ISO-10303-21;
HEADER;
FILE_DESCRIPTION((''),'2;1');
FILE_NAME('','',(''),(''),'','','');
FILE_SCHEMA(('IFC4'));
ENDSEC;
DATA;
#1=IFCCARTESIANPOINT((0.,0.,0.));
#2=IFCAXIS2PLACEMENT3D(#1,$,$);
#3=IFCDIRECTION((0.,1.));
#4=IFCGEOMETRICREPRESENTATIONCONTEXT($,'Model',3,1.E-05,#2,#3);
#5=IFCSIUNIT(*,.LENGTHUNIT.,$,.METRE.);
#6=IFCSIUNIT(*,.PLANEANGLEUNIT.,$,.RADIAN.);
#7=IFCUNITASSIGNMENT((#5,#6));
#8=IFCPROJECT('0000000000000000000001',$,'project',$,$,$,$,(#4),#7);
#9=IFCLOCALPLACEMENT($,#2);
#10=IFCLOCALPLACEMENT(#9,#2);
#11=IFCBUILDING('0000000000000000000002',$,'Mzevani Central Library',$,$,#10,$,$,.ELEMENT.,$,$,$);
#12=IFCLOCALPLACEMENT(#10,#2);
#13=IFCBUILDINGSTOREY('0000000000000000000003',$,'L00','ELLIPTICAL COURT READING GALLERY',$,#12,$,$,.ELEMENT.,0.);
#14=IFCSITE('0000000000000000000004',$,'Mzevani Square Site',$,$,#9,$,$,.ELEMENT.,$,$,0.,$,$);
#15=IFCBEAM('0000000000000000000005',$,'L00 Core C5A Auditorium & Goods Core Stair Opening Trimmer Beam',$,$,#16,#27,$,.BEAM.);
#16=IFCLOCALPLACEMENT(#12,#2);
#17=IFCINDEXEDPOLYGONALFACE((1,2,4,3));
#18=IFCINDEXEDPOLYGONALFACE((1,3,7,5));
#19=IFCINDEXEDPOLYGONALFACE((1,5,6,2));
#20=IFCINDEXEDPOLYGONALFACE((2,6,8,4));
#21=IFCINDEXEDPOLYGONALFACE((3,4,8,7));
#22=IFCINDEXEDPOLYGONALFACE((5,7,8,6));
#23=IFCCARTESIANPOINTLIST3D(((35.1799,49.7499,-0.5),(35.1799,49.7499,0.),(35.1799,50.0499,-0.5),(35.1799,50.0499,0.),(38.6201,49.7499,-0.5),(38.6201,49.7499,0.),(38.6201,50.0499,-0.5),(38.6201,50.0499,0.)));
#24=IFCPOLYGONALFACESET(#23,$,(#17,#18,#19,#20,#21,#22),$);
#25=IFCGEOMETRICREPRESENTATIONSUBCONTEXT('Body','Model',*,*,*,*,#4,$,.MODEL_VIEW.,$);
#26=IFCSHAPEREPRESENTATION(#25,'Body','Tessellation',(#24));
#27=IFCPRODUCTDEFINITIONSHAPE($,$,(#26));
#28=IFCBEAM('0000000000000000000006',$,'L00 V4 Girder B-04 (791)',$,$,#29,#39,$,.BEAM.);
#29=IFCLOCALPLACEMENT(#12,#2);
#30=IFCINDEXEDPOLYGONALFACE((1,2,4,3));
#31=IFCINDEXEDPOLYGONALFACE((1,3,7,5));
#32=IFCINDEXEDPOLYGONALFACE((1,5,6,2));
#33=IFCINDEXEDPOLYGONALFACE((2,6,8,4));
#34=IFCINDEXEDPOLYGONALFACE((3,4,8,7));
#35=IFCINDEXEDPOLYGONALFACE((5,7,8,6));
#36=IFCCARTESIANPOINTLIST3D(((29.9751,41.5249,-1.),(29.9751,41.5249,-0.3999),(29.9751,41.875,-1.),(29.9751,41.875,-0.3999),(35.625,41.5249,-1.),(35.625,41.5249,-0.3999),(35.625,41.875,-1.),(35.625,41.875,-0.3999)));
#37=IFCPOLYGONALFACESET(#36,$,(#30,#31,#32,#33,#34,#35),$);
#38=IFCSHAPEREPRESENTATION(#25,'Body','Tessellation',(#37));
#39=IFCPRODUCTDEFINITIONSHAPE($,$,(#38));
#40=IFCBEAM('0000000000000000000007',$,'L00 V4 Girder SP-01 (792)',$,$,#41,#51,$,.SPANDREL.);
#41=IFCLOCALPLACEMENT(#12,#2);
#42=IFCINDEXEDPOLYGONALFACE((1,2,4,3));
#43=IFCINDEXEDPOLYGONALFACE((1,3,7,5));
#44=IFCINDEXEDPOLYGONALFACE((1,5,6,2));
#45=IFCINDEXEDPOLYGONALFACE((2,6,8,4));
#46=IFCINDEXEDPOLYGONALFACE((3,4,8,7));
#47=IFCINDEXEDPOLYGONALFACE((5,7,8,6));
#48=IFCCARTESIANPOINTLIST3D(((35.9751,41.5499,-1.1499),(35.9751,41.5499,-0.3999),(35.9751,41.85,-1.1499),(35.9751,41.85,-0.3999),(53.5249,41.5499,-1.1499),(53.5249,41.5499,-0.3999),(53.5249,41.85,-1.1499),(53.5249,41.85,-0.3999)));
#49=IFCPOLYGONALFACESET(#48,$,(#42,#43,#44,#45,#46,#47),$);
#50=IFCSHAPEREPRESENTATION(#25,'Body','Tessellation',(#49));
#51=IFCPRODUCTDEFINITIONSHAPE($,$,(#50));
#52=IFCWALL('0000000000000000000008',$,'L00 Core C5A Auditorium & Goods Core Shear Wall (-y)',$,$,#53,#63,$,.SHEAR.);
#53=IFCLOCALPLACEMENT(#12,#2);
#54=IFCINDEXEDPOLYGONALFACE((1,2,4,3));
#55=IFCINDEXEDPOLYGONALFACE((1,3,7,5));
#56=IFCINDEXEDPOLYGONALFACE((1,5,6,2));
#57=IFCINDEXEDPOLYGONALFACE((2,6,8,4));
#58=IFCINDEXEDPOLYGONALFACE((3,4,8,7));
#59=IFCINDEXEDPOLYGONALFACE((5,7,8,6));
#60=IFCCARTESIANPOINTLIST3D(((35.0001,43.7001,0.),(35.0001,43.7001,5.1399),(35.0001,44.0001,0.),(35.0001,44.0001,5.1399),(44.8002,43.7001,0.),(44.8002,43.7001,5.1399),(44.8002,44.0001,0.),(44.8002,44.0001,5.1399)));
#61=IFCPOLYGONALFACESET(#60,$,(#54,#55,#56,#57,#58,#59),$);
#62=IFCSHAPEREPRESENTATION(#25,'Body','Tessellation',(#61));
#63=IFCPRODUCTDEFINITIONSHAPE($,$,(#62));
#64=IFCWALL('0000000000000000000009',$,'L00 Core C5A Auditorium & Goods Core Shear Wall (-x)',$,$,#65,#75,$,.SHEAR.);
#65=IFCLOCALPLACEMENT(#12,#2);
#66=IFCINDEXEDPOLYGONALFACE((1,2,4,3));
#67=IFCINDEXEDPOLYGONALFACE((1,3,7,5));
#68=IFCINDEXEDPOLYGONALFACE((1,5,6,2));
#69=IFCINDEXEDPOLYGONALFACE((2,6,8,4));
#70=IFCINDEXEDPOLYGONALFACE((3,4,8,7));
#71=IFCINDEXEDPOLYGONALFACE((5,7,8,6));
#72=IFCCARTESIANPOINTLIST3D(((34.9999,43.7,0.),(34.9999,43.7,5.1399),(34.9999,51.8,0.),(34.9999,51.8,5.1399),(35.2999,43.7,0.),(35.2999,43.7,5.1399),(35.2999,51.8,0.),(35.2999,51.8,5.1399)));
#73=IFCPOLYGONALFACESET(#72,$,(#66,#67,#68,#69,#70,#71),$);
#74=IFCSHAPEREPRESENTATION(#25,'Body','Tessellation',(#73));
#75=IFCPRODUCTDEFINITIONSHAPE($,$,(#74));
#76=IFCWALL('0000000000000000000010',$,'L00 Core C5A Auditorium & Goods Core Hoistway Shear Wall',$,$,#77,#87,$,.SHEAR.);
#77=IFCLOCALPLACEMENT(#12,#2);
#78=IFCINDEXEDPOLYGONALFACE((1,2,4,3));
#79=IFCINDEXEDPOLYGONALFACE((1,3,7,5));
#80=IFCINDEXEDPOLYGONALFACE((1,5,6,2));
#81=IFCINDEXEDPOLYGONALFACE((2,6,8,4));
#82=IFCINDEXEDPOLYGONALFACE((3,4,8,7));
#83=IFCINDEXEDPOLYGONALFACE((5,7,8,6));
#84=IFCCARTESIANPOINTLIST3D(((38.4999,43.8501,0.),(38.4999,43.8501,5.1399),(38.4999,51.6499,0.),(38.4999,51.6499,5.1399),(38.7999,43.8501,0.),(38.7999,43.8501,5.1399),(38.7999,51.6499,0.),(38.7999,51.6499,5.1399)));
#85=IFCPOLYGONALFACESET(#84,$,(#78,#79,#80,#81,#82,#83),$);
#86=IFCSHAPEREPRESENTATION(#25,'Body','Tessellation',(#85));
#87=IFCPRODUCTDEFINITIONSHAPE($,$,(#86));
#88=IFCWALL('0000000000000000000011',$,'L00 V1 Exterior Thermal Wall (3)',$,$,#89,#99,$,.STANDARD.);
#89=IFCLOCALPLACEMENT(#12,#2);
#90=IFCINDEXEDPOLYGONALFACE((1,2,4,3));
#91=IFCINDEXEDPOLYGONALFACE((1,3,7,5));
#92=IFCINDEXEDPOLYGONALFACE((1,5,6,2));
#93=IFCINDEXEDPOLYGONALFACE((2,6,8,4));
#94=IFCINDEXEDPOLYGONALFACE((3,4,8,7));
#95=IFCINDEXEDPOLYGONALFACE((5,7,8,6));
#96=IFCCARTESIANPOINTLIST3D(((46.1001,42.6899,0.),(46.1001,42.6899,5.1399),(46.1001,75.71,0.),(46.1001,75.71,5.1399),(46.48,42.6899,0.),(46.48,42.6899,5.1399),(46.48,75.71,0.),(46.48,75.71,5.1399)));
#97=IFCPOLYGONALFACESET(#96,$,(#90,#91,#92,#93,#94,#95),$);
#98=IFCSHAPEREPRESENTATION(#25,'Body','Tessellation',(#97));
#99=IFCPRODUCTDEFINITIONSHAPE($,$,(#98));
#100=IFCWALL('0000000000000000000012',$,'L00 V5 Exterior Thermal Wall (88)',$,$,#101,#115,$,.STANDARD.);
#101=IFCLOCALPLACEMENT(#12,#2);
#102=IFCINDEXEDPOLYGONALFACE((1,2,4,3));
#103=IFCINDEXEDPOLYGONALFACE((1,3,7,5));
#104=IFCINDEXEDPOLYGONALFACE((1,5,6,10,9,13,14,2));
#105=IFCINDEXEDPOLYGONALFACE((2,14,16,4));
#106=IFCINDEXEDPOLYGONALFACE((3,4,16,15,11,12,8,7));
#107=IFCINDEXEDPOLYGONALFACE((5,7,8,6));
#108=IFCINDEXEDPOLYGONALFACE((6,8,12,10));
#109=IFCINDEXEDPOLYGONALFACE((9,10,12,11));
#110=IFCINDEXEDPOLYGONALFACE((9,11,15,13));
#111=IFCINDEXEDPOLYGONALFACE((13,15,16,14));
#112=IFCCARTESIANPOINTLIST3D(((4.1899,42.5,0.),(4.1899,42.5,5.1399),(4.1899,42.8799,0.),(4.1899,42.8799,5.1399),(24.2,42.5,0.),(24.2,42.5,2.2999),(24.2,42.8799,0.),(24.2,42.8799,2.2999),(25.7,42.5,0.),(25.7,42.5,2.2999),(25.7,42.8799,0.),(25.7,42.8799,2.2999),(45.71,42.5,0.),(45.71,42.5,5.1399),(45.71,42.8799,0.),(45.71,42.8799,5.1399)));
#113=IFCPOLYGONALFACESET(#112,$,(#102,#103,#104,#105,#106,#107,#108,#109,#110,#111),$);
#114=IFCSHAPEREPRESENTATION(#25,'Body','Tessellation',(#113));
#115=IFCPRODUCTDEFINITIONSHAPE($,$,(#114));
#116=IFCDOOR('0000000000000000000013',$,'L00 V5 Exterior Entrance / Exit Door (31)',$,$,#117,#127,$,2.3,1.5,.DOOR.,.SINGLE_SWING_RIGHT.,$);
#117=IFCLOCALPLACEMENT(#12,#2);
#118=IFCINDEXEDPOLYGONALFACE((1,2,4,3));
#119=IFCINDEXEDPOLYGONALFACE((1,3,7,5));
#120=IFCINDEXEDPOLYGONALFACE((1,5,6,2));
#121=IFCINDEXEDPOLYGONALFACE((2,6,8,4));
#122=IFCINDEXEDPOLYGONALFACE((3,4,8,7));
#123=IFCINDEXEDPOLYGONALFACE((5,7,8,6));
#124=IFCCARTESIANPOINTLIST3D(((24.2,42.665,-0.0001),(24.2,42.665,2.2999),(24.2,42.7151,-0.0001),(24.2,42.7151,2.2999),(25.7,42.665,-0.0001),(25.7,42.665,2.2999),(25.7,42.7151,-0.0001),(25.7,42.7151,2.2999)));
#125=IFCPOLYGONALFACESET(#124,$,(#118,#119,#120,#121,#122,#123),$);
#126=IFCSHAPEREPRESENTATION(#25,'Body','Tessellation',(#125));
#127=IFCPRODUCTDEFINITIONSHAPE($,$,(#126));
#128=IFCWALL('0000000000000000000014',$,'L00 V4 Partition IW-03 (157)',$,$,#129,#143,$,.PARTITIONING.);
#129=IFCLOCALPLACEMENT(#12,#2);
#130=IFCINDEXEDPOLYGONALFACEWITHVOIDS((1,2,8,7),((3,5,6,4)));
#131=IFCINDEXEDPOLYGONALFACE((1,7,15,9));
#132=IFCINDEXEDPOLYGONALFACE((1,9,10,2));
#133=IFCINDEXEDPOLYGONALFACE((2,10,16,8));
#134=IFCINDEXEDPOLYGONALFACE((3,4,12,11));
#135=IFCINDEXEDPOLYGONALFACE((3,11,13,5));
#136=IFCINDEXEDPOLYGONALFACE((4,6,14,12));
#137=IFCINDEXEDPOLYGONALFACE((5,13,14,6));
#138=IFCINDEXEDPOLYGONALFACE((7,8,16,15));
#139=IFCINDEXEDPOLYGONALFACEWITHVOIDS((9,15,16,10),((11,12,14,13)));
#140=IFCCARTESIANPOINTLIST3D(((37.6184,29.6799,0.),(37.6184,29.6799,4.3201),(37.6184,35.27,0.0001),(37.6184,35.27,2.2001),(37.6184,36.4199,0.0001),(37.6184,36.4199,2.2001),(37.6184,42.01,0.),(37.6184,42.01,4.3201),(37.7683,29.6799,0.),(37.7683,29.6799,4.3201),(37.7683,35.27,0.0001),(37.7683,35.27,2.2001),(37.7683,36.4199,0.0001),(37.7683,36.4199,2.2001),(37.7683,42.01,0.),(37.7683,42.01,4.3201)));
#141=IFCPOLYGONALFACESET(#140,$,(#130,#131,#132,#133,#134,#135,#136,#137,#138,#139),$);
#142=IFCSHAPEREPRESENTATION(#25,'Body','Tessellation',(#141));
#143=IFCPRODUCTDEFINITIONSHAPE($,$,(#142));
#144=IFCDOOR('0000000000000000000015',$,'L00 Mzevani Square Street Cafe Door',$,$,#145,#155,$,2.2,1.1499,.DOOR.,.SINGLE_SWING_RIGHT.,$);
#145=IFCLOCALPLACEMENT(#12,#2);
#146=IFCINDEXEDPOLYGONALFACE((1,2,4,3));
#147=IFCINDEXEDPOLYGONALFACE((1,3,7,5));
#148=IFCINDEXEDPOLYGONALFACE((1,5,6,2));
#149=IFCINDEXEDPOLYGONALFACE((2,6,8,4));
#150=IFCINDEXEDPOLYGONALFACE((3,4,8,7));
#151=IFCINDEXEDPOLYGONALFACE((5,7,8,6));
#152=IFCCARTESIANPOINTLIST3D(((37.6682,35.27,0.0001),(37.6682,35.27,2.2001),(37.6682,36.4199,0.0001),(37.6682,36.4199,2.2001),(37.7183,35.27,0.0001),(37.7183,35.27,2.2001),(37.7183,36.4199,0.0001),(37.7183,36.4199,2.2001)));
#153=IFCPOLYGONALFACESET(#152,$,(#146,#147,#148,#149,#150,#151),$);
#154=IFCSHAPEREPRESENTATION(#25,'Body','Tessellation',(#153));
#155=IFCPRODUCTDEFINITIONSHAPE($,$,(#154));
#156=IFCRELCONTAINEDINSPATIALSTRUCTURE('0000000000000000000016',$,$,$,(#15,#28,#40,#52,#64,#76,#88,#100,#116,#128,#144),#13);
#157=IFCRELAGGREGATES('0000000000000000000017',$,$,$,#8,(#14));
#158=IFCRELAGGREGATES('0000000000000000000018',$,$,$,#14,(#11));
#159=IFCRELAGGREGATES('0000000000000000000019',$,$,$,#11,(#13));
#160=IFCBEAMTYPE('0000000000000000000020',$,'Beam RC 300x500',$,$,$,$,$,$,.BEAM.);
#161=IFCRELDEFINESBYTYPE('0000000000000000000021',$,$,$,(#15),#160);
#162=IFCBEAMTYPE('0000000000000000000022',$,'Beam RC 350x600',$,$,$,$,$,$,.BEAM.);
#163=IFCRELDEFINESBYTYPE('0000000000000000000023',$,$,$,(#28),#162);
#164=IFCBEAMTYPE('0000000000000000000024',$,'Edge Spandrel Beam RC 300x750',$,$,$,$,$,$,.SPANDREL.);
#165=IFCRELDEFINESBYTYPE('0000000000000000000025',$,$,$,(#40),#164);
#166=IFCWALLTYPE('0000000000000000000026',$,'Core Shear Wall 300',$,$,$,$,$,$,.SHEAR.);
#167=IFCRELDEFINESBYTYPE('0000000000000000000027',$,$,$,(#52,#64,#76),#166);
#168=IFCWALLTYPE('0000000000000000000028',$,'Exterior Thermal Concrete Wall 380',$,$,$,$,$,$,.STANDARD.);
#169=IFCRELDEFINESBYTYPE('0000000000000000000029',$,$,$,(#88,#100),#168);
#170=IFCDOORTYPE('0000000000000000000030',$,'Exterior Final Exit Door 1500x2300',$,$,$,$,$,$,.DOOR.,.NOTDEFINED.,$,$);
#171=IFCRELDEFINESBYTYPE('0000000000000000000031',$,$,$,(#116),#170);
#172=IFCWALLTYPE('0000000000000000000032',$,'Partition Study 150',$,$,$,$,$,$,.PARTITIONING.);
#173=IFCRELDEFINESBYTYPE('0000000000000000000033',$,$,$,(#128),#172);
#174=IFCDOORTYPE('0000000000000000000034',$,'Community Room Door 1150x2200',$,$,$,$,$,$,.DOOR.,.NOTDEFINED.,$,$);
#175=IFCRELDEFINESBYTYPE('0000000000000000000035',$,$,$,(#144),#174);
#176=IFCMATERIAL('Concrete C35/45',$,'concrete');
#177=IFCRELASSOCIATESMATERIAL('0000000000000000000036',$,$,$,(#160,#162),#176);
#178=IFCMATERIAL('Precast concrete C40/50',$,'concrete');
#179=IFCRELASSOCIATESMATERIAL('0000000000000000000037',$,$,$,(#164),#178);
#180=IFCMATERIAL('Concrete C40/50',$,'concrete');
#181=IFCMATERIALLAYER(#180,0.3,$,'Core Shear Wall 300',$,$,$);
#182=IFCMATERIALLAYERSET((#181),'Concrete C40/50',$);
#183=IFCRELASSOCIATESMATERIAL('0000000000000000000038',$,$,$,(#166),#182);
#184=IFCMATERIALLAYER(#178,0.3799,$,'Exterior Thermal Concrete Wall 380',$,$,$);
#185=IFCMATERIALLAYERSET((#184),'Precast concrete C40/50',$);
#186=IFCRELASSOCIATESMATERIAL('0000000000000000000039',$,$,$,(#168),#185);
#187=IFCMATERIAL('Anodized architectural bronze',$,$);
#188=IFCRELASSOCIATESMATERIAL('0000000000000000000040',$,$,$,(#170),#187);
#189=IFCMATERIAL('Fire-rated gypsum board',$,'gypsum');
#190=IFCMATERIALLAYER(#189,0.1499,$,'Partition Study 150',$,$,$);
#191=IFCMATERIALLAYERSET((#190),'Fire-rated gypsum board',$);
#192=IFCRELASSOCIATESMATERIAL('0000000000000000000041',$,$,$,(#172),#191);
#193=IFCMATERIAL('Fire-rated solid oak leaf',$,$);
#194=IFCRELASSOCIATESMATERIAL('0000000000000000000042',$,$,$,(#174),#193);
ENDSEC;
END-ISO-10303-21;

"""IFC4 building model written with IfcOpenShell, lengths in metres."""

from ifc_helpers import new_model, si_unit, direction, frame, frame_2d, origin, origin_2d, place, context, subcontext, project, spatial, rectangle, extrude, material, layer, layer_set, material_profile, profile_set, type_object, element, fill, save


model = new_model("IFC4")

# Units and contexts
model_context = context("Model", 3, precision=1e-05, world=origin(), true_north=direction((0.0, 1.0)))
body_context = subcontext(model_context, "Body", "Model", "MODEL_VIEW")
ifc_project = project(units=[si_unit("LENGTHUNIT", "METRE"), si_unit("PLANEANGLEUNIT", "RADIAN")], contexts=[model_context])

# Site, building, storey
site_placement = place(None, origin())
site = spatial("IfcSite", under=ifc_project, at=site_placement, Name="Mzevani Square Site", CompositionType="ELEMENT", RefElevation=0.0)
building_placement = place(site_placement, origin())
building = spatial("IfcBuilding", under=site, at=building_placement, Name="Mzevani Central Library", CompositionType="ELEMENT")
storey_placement = place(building_placement, origin())
storey = spatial("IfcBuildingStorey", under=building, at=storey_placement, Name="L00", Description="ELLIPTICAL COURT READING GALLERY", CompositionType="ELEMENT", Elevation=0.0)

# Shared definitions
ifc_material_1 = material(Name="Concrete C40/50", Category="concrete")

# Beams
ifc_material_2 = material(Name="Concrete C35/45", Category="concrete")
ifc_material_profile_1 = material_profile(ifc_material_2, rectangle(XDim=0.3, YDim=0.5, at=origin_2d()), Name="RC B300x500")
ifc_profile_set_1 = profile_set([ifc_material_profile_1], Name="Concrete C35/45")
beam_type_1 = type_object("IfcBeamType", Name="Beam RC 300x500", PredefinedType="BEAM", material=ifc_profile_set_1)
for number, where, z_axis, x_axis, name in (
    (1, (35.1799, 49.8999, -0.25), (1.0, 0.0, 0.0), (0.0, 1.0, 0.0), "L00 Core C5A Auditorium & Goods Core Stair Opening Trimmer Beam"),
):
    element("IfcBeam", number, at=place(storey_placement, frame(where, z_axis=z_axis, x_axis=x_axis)), inside=storey, type_object=beam_type_1, Name=name, PredefinedType="BEAM", context=body_context, shape_type="SweptSolid", body=[
        extrude(rectangle(XDim=0.3, YDim=0.5, at=origin_2d()), origin(), (0.0, 0.0, 1.0), 3.4402),
    ])
ifc_material_profile_2 = material_profile(ifc_material_2, rectangle(XDim=0.3501, YDim=0.6001, at=origin_2d()), Name="RC B350x600")
ifc_profile_set_2 = profile_set([ifc_material_profile_2], Name="Concrete C35/45")
beam_type_2 = type_object("IfcBeamType", Name="Beam RC 350x600", PredefinedType="BEAM", material=ifc_profile_set_2)
beam_1_placement = place(storey_placement, frame((29.9751, 41.7, -0.7), z_axis=(1.0, 0.0, 0.0), x_axis=(0.0, 1.0, 0.0)))
element("IfcBeam", 2, at=beam_1_placement, inside=storey, type_object=beam_type_2, Name="L00 V4 Girder B-04 (791)", PredefinedType="BEAM", context=body_context, shape_type="SweptSolid", body=[
    extrude(rectangle(XDim=0.3501, YDim=0.6001, at=origin_2d()), origin(), (0.0, 0.0, 1.0), 5.6499),
])
ifc_material_3 = material(Name="Precast concrete C40/50", Category="concrete")
ifc_material_profile_3 = material_profile(ifc_material_3, rectangle(XDim=0.3, YDim=0.75, at=origin_2d()), Name="RC SP300x750")
ifc_profile_set_3 = profile_set([ifc_material_profile_3], Name="Precast concrete C40/50")
beam_type_3 = type_object("IfcBeamType", Name="Edge Spandrel Beam RC 300x750", PredefinedType="SPANDREL", material=ifc_profile_set_3)
beam_2_placement = place(storey_placement, frame((35.9751, 41.7, -0.7749), z_axis=(1.0, 0.0, 0.0), x_axis=(0.0, 1.0, 0.0)))
element("IfcBeam", 3, at=beam_2_placement, inside=storey, type_object=beam_type_3, Name="L00 V4 Girder SP-01 (792)", PredefinedType="SPANDREL", context=body_context, shape_type="SweptSolid", body=[
    extrude(rectangle(XDim=0.3, YDim=0.75, at=origin_2d()), origin(), (0.0, 0.0, 1.0), 17.5498),
])

# Walls
ifc_layer_1 = layer(ifc_material_1, 0.3, Name="Core Shear Wall 300")
ifc_layer_set_1 = layer_set([ifc_layer_1], Name="Concrete C40/50")
wall_type_1 = type_object("IfcWallType", Name="Core Shear Wall 300", PredefinedType="SHEAR", material=ifc_layer_set_1)
wall_1_placement = place(storey_placement, frame((44.8, 43.8501, 0.0), z_axis=(0.0, 0.0, 1.0), x_axis=(-1.0, 0.0, 0.0)))
element("IfcWall", 4, at=wall_1_placement, inside=storey, type_object=wall_type_1, Name="L00 Core C5A Auditorium & Goods Core Shear Wall (-y)", PredefinedType="SHEAR", context=body_context, shape_type="SweptSolid", body=[
    extrude(rectangle(XDim=9.8, YDim=0.3, at=frame_2d((4.8999, 0.0))), origin(), (0.0, 0.0, 1.0), 5.1399),
])
wall_2_placement = place(storey_placement, frame((35.1499, 43.7, 0.0), z_axis=(0.0, 0.0, 1.0), x_axis=(0.0, 1.0, 0.0)))
element("IfcWall", 5, at=wall_2_placement, inside=storey, type_object=wall_type_1, Name="L00 Core C5A Auditorium & Goods Core Shear Wall (-x)", PredefinedType="SHEAR", context=body_context, shape_type="SweptSolid", body=[
    extrude(rectangle(XDim=8.1001, YDim=0.3, at=frame_2d((4.05, 0.0))), origin(), (0.0, 0.0, 1.0), 5.1399),
])
wall_3_placement = place(storey_placement, frame((38.6499, 43.8501, 0.0), z_axis=(0.0, 0.0, 1.0), x_axis=(0.0, 1.0, 0.0)))
element("IfcWall", 6, at=wall_3_placement, inside=storey, type_object=wall_type_1, Name="L00 Core C5A Auditorium & Goods Core Hoistway Shear Wall", PredefinedType="SHEAR", context=body_context, shape_type="SweptSolid", body=[
    extrude(rectangle(XDim=7.7998, YDim=0.3, at=frame_2d((3.8999, 0.0))), origin(), (0.0, 0.0, 1.0), 5.1399),
])
ifc_layer_2 = layer(ifc_material_3, 0.3799, Name="Exterior Thermal Concrete Wall 380")
ifc_layer_set_2 = layer_set([ifc_layer_2], Name="Precast concrete C40/50")
wall_type_2 = type_object("IfcWallType", Name="Exterior Thermal Concrete Wall 380", PredefinedType="STANDARD", material=ifc_layer_set_2)
wall_4_placement = place(storey_placement, frame((46.29, 42.6899, 0.0), z_axis=(0.0, 0.0, 1.0), x_axis=(0.0, 1.0, 0.0)))
element("IfcWall", 7, at=wall_4_placement, inside=storey, type_object=wall_type_2, Name="L00 V1 Exterior Thermal Wall (3)", PredefinedType="STANDARD", context=body_context, shape_type="SweptSolid", body=[
    extrude(rectangle(XDim=33.02, YDim=0.3799, at=frame_2d((16.51, 0.0))), origin(), (0.0, 0.0, 1.0), 5.1399),
])

# Walls, openings, doors
wall_5_placement = place(storey_placement, frame((45.71, 42.6899, 0.0), z_axis=(0.0, 0.0, 1.0), x_axis=(-1.0, 0.0, 0.0)))
wall_5 = element("IfcWall", 8, at=wall_5_placement, inside=storey, type_object=wall_type_2, Name="L00 V5 Exterior Thermal Wall (88)", PredefinedType="STANDARD", context=body_context, shape_type="SweptSolid", body=[
    extrude(rectangle(XDim=41.52, YDim=0.3799, at=frame_2d((20.76, 0.0))), origin(), (0.0, 0.0, 1.0), 5.1399),
])
opening_1_placement = place(wall_5_placement, frame((20.01, 0.0, 0.0)))
opening_1 = element("IfcOpeningElement", 9, at=opening_1_placement, cuts=wall_5, PredefinedType="OPENING", context=body_context, shape_type="SweptSolid", body=[
    extrude(rectangle(XDim=1.5, YDim=2.3, at=frame_2d((0.75, 1.1499))), frame((0.0, 0.2, 0.0), z_axis=(0.0, -1.0, 0.0), x_axis=(1.0, 0.0, 0.0)), (0.0, 0.0, 1.0), 0.3999),
])
ifc_material_4 = material(Name="Anodized architectural bronze")
door_type_1 = type_object("IfcDoorType", Name="Exterior Final Exit Door 1500x2300", OperationType="NOTDEFINED", PredefinedType="DOOR", material=ifc_material_4)
door_1_placement = place(opening_1_placement, origin())
door_1 = element("IfcDoor", 10, at=door_1_placement, inside=storey, type_object=door_type_1, Name="L00 V5 Exterior Entrance / Exit Door (31)", OperationType="SINGLE_SWING_RIGHT", OverallHeight=2.3, OverallWidth=1.5, PredefinedType="DOOR", context=body_context, shape_type="SweptSolid", body=[
    extrude(rectangle(XDim=1.5, YDim=2.3, at=frame_2d((0.75, 1.1499))), frame((0.0, 0.0249, 0.0), z_axis=(0.0, -1.0, 0.0), x_axis=(1.0, 0.0, 0.0)), (0.0, 0.0, 1.0), 0.05),
])
fill(opening_1, door_1)
ifc_material_5 = material(Name="Fire-rated gypsum board", Category="gypsum")
ifc_layer_3 = layer(ifc_material_5, 0.1499, Name="Partition Study 150")
ifc_layer_set_3 = layer_set([ifc_layer_3], Name="Fire-rated gypsum board")
wall_type_3 = type_object("IfcWallType", Name="Partition Study 150", PredefinedType="PARTITIONING", material=ifc_layer_set_3)
wall_6_placement = place(storey_placement, frame((37.6934, 42.01, 0.0), z_axis=(0.0, 0.0, 1.0), x_axis=(0.0, -1.0, 0.0)))
wall_6 = element("IfcWall", 11, at=wall_6_placement, inside=storey, type_object=wall_type_3, Name="L00 V4 Partition IW-03 (157)", PredefinedType="PARTITIONING", context=body_context, shape_type="SweptSolid", body=[
    extrude(rectangle(XDim=12.3301, YDim=0.1499, at=frame_2d((6.165, 0.0))), origin(), (0.0, 0.0, 1.0), 4.3201),
])
opening_2_placement = place(wall_6_placement, frame((5.5901, 0.0, 0.0)))
opening_2 = element("IfcOpeningElement", 12, at=opening_2_placement, cuts=wall_6, PredefinedType="OPENING", context=body_context, shape_type="SweptSolid", body=[
    extrude(rectangle(XDim=1.1499, YDim=2.2, at=frame_2d((0.575, 1.1001))), frame((0.0, 0.085, 0.0), z_axis=(0.0, -1.0, 0.0), x_axis=(1.0, 0.0, 0.0)), (0.0, 0.0, 1.0), 0.1699),
])
ifc_material_6 = material(Name="Fire-rated solid oak leaf")
door_type_2 = type_object("IfcDoorType", Name="Community Room Door 1150x2200", OperationType="NOTDEFINED", PredefinedType="DOOR", material=ifc_material_6)
door_2_placement = place(opening_2_placement, origin())
door_2 = element("IfcDoor", 13, at=door_2_placement, inside=storey, type_object=door_type_2, Name="L00 Mzevani Square Street Cafe Door", OperationType="SINGLE_SWING_RIGHT", OverallHeight=2.2, OverallWidth=1.1499, PredefinedType="DOOR", context=body_context, shape_type="SweptSolid", body=[
    extrude(rectangle(XDim=1.1499, YDim=2.2, at=frame_2d((0.575, 1.1001))), frame((0.0, 0.0249, 0.0), z_axis=(0.0, -1.0, 0.0), x_axis=(1.0, 0.0, 0.0)), (0.0, 0.0, 1.0), 0.05),
])
fill(opening_2, door_2)

save(model, "model.ifc")
